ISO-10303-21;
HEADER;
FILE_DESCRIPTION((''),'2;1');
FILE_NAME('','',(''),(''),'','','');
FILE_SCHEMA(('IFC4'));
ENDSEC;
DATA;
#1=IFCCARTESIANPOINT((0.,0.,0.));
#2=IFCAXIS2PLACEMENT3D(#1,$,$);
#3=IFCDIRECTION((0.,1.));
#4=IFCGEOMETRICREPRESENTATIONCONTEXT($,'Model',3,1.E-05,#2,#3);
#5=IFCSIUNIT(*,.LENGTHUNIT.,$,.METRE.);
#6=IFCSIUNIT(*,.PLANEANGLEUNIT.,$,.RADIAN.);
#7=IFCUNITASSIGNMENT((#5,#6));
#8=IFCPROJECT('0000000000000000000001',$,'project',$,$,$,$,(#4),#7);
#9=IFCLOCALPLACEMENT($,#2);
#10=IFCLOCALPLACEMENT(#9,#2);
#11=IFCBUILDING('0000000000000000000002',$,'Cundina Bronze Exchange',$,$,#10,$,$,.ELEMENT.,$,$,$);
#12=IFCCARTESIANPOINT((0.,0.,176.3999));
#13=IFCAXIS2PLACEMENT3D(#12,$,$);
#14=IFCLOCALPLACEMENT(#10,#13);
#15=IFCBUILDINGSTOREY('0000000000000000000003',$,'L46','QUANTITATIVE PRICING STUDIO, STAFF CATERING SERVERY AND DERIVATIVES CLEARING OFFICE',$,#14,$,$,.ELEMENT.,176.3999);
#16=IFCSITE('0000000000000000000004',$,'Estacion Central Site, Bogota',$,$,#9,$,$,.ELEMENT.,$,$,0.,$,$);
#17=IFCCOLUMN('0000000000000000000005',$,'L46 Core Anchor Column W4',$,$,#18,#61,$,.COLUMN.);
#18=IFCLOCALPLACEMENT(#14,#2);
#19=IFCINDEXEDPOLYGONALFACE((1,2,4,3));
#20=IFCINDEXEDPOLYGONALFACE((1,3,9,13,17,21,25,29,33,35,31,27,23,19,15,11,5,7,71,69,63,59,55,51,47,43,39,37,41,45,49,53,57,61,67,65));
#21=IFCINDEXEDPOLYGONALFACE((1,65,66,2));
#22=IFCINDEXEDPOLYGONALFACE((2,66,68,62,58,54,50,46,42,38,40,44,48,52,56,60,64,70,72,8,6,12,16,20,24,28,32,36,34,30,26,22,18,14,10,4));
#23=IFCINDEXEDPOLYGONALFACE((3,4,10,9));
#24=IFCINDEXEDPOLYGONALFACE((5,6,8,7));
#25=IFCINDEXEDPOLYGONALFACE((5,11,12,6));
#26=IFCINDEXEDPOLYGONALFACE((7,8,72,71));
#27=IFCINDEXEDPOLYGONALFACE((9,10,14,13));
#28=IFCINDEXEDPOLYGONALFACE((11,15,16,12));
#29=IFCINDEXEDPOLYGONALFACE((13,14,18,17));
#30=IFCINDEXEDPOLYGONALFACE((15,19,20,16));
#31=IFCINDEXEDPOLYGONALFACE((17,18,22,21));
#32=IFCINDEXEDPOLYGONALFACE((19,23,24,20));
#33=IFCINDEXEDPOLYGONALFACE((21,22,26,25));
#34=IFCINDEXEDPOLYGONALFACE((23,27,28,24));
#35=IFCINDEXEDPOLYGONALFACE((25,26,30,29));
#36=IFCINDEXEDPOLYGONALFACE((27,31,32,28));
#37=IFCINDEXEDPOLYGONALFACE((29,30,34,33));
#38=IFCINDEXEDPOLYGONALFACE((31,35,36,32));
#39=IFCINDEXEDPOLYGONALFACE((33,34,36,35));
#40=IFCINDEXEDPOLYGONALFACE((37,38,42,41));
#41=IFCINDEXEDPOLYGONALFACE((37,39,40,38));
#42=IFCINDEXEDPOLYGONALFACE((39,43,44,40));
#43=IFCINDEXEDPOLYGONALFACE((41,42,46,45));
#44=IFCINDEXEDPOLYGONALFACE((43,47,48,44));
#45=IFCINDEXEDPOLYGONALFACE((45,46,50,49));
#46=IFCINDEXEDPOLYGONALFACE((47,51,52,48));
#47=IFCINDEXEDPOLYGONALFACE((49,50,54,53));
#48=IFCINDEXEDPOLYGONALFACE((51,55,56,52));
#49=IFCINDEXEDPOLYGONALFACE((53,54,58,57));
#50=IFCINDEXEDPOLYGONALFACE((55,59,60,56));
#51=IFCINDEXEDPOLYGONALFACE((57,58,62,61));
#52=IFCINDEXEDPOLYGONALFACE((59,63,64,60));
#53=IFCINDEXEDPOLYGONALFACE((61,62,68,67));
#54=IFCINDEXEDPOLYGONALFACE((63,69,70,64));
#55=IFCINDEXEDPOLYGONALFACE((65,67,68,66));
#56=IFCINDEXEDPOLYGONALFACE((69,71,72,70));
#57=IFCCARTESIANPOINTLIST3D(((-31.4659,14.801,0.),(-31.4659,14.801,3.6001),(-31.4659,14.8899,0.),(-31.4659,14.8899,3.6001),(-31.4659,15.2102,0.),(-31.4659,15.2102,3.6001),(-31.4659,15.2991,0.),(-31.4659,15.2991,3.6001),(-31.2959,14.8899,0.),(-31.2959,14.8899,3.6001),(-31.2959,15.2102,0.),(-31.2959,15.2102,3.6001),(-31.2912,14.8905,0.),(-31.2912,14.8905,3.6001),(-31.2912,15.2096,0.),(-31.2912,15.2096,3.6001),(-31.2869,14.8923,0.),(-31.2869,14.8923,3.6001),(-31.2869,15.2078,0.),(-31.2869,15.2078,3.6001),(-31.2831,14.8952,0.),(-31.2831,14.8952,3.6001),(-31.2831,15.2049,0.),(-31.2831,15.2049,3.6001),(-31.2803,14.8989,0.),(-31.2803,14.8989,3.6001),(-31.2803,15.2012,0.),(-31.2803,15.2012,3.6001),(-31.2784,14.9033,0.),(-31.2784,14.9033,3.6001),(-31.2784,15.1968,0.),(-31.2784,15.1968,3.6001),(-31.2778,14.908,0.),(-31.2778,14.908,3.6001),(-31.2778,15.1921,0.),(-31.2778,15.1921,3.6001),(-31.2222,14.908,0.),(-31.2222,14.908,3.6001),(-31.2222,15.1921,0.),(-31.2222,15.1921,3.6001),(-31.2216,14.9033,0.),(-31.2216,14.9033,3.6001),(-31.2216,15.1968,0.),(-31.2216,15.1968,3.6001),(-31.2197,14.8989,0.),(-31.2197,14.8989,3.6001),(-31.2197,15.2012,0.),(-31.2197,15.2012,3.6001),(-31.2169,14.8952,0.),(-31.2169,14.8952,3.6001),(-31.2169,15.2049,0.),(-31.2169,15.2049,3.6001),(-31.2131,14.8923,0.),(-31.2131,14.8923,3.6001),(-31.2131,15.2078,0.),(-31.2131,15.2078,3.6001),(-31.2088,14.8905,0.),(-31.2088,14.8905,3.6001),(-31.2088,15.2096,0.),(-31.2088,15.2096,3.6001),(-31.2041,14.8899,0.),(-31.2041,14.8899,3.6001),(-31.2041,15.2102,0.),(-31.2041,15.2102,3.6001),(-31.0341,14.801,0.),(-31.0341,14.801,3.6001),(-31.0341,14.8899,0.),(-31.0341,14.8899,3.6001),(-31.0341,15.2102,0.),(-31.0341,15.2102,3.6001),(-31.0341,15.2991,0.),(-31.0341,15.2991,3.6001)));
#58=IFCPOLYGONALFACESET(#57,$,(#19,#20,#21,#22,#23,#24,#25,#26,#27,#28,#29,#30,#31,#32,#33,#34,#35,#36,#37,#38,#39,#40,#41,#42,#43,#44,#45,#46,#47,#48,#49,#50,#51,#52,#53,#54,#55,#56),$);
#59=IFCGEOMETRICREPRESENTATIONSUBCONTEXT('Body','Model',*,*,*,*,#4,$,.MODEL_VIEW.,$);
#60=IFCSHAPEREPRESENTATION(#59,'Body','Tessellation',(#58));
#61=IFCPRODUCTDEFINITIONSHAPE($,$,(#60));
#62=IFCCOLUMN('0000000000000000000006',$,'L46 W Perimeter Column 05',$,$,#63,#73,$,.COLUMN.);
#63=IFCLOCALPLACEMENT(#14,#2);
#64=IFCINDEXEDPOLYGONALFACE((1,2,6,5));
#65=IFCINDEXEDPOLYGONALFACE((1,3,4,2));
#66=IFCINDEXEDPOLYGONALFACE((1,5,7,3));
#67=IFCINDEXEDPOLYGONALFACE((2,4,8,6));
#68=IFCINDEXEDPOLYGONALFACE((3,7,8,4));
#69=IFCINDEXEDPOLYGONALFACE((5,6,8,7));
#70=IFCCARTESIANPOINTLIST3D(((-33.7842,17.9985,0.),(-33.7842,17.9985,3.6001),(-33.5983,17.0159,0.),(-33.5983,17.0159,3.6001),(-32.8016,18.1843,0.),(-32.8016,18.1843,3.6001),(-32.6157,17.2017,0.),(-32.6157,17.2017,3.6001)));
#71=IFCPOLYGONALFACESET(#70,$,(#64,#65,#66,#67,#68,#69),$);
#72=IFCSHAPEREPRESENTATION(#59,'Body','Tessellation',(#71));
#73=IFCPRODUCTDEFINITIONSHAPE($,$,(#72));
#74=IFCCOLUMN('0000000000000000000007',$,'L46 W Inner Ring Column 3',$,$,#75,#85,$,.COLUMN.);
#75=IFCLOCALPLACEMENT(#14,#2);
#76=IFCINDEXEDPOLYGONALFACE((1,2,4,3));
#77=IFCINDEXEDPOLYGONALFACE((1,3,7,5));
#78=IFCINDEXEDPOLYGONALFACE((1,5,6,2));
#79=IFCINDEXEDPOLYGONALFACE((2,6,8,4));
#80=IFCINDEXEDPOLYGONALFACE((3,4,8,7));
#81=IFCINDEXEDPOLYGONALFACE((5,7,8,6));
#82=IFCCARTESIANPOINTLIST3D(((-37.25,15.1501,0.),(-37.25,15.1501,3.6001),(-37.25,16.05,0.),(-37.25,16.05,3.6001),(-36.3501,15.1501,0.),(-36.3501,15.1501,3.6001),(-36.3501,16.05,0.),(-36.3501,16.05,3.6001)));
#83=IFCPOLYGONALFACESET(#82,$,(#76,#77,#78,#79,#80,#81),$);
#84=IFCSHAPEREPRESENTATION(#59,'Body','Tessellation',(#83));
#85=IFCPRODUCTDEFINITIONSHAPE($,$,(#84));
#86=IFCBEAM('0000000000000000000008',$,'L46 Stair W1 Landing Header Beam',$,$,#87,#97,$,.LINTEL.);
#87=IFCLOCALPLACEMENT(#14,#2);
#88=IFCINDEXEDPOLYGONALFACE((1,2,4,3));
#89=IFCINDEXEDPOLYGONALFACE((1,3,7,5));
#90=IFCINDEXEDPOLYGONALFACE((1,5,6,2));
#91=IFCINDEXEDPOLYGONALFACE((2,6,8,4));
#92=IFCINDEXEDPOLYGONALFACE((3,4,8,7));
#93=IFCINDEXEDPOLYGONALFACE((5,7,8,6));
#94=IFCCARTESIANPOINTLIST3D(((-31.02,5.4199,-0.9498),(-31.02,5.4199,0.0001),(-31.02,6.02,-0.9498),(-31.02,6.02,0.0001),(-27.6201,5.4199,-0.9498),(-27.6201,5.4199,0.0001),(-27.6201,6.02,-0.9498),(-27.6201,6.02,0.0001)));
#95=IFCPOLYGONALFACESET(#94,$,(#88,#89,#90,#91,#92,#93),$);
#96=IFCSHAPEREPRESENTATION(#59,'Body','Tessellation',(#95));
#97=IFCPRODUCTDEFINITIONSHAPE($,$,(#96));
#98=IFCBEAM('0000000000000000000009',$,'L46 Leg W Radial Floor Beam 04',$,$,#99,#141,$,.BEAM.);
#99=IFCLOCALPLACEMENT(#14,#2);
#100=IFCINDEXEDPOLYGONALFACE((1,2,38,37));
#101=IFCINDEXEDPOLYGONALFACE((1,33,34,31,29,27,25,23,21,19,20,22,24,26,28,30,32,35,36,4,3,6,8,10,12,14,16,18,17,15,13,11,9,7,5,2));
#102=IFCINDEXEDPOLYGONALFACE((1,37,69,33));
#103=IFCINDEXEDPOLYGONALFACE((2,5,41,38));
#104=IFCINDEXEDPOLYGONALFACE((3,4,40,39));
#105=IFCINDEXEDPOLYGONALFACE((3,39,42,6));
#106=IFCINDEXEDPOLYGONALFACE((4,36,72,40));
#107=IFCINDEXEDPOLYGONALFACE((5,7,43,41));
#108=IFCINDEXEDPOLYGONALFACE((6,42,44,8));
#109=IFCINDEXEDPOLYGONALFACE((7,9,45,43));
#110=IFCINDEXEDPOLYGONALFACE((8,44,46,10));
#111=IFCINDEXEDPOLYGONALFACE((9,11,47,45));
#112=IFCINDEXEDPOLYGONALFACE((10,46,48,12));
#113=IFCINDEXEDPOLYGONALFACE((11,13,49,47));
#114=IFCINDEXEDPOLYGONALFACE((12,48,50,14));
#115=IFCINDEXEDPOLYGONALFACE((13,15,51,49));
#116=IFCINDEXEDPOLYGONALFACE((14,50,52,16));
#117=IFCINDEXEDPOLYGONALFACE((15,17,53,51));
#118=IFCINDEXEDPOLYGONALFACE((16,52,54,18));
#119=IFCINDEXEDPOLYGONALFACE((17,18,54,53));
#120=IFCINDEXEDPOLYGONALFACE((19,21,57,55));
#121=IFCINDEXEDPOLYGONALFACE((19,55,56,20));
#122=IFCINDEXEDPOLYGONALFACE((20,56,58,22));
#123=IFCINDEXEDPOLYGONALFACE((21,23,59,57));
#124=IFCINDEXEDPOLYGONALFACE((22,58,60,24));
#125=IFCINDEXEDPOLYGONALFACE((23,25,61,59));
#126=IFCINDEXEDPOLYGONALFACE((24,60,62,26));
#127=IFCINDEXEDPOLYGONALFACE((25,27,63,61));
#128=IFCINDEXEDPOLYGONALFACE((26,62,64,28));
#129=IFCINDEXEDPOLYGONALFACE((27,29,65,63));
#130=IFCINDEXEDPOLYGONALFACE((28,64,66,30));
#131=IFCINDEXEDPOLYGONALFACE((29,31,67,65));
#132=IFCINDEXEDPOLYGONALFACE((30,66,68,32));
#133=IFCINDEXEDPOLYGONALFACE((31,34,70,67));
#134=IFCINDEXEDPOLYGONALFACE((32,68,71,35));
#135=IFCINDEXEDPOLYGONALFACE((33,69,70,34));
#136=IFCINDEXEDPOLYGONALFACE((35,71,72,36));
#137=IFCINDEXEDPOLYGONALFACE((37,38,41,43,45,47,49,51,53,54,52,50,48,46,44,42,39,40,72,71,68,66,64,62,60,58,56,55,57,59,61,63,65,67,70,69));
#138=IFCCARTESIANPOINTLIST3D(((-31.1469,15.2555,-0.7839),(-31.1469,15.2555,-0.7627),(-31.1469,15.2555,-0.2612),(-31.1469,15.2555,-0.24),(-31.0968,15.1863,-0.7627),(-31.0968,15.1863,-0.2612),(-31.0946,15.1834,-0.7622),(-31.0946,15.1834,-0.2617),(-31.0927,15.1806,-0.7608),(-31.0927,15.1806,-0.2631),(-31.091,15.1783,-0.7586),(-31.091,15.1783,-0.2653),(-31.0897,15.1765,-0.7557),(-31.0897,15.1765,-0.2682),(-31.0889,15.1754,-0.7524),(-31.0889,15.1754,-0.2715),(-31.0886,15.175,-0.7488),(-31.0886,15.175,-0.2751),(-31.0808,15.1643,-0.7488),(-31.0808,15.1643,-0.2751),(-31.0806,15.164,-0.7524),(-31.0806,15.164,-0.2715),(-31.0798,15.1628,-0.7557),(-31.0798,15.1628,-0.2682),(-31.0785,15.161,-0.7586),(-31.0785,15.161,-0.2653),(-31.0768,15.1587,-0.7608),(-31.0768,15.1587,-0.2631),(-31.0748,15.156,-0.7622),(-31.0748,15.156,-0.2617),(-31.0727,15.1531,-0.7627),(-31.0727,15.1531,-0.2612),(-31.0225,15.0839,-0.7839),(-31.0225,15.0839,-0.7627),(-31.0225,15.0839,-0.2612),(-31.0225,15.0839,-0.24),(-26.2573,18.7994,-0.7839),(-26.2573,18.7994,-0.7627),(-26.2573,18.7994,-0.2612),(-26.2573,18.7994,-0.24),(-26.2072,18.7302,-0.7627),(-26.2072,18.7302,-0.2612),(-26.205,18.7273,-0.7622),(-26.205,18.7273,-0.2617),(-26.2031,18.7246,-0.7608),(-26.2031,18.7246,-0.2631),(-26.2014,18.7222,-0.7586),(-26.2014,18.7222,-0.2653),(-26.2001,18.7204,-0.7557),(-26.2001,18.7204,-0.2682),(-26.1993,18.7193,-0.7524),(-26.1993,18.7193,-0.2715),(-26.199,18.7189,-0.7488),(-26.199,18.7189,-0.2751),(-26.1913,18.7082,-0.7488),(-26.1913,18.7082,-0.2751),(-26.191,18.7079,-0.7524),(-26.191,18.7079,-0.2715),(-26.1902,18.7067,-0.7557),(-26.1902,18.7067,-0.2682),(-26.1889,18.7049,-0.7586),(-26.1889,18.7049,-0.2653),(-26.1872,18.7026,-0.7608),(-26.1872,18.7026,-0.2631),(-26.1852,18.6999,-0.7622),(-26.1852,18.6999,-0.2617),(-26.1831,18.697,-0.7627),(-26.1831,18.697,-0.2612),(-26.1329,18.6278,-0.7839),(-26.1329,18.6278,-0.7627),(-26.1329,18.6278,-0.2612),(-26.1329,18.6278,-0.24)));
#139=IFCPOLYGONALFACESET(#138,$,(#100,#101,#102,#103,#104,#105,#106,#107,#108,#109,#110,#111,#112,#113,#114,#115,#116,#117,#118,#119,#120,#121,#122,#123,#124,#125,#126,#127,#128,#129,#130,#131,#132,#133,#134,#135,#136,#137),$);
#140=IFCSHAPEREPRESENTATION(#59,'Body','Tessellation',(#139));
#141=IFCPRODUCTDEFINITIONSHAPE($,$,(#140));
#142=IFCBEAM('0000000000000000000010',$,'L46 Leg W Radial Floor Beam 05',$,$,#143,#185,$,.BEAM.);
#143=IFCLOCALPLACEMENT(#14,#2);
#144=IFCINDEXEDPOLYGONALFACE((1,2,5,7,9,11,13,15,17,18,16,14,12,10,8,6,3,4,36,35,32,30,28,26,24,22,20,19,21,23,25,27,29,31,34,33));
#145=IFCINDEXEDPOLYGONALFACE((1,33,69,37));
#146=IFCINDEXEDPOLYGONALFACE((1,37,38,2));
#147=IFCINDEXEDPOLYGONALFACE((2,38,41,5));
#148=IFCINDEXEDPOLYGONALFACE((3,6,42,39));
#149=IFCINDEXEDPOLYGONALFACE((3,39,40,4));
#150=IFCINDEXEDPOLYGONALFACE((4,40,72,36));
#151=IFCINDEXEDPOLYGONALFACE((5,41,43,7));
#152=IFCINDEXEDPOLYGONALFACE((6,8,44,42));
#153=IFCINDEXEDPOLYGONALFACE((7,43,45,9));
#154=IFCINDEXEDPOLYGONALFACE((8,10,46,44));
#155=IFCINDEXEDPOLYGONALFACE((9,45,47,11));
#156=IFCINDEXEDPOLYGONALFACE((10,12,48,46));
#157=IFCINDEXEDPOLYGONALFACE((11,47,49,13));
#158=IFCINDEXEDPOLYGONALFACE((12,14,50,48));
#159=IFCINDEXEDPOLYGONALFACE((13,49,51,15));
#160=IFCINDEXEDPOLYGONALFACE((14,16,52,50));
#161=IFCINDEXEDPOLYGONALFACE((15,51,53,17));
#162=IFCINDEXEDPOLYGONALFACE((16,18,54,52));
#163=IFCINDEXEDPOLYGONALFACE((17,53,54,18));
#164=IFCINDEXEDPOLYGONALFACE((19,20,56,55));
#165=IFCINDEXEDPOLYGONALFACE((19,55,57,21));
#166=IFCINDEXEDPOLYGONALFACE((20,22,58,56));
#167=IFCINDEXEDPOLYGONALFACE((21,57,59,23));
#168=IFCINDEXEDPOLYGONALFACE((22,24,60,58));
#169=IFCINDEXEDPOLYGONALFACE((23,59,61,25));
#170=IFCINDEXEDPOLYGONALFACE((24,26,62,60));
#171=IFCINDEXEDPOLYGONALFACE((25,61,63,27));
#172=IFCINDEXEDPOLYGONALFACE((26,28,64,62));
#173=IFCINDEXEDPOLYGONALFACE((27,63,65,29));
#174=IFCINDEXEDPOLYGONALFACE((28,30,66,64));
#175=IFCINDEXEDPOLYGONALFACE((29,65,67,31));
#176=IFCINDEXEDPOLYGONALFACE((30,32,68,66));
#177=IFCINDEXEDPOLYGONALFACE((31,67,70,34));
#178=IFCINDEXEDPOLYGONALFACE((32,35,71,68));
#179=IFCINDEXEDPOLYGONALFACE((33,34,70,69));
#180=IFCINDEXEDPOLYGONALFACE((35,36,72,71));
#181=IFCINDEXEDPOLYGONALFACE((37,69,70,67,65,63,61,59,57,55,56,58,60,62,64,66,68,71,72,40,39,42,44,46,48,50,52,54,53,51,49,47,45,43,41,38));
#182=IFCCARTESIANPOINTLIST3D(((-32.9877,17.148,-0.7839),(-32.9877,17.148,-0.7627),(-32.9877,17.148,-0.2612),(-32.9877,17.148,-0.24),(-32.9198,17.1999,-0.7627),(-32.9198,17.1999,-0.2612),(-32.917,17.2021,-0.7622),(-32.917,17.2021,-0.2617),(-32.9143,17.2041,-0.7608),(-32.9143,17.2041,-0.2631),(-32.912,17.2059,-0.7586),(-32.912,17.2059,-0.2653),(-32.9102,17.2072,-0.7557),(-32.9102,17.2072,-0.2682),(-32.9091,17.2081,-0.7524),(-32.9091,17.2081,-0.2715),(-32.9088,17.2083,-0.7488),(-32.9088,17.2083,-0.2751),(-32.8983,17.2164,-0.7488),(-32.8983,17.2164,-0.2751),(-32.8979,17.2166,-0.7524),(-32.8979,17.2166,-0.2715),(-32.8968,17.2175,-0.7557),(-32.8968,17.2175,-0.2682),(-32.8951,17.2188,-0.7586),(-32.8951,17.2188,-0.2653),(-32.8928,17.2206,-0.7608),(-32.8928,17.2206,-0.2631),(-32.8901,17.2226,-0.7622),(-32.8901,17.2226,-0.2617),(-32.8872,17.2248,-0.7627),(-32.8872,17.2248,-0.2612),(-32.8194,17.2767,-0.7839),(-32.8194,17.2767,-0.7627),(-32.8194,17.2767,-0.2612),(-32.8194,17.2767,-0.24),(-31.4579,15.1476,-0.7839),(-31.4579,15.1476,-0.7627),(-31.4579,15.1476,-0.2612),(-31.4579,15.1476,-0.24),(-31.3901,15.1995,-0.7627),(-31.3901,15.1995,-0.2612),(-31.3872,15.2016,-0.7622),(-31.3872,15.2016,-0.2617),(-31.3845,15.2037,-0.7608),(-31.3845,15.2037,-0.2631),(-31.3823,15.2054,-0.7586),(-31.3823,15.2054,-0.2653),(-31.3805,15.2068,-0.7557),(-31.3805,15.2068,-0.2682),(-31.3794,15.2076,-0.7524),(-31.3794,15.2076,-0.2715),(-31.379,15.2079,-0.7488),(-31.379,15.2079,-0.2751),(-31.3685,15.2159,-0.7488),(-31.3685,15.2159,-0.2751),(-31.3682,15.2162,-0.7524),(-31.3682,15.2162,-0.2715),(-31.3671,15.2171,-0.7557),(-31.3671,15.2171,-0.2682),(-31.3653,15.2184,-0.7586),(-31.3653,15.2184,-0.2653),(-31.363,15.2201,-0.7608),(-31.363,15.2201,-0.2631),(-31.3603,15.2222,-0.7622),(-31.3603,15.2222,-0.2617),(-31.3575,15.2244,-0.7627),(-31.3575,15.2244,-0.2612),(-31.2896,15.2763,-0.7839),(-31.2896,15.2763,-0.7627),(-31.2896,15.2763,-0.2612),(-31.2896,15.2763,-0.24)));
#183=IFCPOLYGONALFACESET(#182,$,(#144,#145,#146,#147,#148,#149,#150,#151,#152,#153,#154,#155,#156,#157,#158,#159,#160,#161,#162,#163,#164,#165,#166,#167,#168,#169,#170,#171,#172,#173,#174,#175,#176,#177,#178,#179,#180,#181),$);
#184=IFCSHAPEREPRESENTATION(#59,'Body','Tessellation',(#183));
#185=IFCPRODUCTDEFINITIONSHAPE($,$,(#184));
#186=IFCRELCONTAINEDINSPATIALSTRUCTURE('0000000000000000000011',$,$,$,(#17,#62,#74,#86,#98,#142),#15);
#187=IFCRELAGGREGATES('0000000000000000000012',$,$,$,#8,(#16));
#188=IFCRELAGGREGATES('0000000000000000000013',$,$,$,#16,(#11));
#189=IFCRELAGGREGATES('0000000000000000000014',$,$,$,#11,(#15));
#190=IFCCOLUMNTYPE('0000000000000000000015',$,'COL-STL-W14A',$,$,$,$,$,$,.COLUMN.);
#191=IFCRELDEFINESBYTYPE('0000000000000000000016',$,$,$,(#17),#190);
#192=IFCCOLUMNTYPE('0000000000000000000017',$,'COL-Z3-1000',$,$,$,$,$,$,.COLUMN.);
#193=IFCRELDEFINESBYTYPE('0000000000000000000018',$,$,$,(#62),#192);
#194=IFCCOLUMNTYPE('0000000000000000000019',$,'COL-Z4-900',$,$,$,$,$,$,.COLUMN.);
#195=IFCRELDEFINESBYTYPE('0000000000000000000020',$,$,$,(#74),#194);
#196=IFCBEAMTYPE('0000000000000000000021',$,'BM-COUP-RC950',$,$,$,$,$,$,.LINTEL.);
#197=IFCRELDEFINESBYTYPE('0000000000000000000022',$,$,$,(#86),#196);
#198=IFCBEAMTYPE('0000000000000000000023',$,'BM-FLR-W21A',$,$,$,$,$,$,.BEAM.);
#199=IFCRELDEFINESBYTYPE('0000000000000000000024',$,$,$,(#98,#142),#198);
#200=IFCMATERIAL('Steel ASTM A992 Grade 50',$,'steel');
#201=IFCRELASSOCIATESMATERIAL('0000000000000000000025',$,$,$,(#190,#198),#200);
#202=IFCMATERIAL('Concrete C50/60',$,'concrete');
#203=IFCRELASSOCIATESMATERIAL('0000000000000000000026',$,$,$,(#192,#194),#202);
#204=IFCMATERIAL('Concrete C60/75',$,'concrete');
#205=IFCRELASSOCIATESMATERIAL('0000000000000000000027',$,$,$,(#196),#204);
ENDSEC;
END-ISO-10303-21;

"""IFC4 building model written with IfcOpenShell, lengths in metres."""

from ifc_helpers import new_model, si_unit, direction, frame, origin, origin_2d, place, context, subcontext, project, spatial, rectangle, i_section, extrude, material, material_profile, profile_set, type_object, element, save


model = new_model("IFC4")

# Units and contexts
model_context = context("Model", 3, precision=1e-05, world=origin(), true_north=direction((0.0, 1.0)))
body_context = subcontext(model_context, "Body", "Model", "MODEL_VIEW")
ifc_project = project(units=[si_unit("LENGTHUNIT", "METRE"), si_unit("PLANEANGLEUNIT", "RADIAN")], contexts=[model_context])

# Site, building, storey
site_placement = place(None, origin())
site = spatial("IfcSite", under=ifc_project, at=site_placement, Name="Estacion Central Site, Bogota", CompositionType="ELEMENT", RefElevation=0.0)
building_placement = place(site_placement, origin())
building = spatial("IfcBuilding", under=site, at=building_placement, Name="Cundina Bronze Exchange", CompositionType="ELEMENT")
storey_placement = place(building_placement, frame((0.0, 0.0, 176.3999)))
storey = spatial("IfcBuildingStorey", under=building, at=storey_placement, Name="L46", Description="QUANTITATIVE PRICING STUDIO, STAFF CATERING SERVERY AND DERIVATIVES CLEARING OFFICE", CompositionType="ELEMENT", Elevation=176.3999)

# Columns
ifc_material_1 = material(Name="Steel ASTM A992 Grade 50", Category="steel")
ifc_material_profile_1 = material_profile(ifc_material_1, i_section(OverallWidth=0.4319, OverallDepth=0.498, WebThickness=0.0557, FlangeThickness=0.0889, FilletRadius=0.0181, at=origin_2d()), Name="W14X500", Category="steel")
ifc_profile_set_1 = profile_set([ifc_material_profile_1], Name="Steel ASTM A992 Grade 50")
column_type_1 = type_object("IfcColumnType", Name="COL-STL-W14A", PredefinedType="COLUMN", material=ifc_profile_set_1)
column_1_placement = place(storey_placement, frame((-31.25, 15.05, 0.0), z_axis=(0.0, 0.0, 1.0), x_axis=(1.0, 0.0, 0.0)))
element("IfcColumn", 1, at=column_1_placement, inside=storey, type_object=column_type_1, Name="L46 Core Anchor Column W4", PredefinedType="COLUMN", context=body_context, shape_type="SweptSolid", body=[
    extrude(i_section(OverallWidth=0.4319, OverallDepth=0.498, WebThickness=0.0557, FlangeThickness=0.0889, FilletRadius=0.0181, at=origin_2d()), origin(), (0.0, 0.0, 1.0), 3.6001),
])
ifc_material_2 = material(Name="Concrete C50/60", Category="concrete")
ifc_material_profile_2 = material_profile(ifc_material_2, rectangle(XDim=1.0, YDim=1.0, at=origin_2d()), Name="RC1000X1000", Category="concrete")
ifc_profile_set_2 = profile_set([ifc_material_profile_2], Name="Concrete C50/60")
column_type_2 = type_object("IfcColumnType", Name="COL-Z3-1000", PredefinedType="COLUMN", material=ifc_profile_set_2)
column_2_placement = place(storey_placement, frame((-33.2, 17.6001, 0.0), z_axis=(0.0, 0.0, 1.0), x_axis=(-0.98258, -0.185838, 0.0)))
element("IfcColumn", 2, at=column_2_placement, inside=storey, type_object=column_type_2, Name="L46 W Perimeter Column 05", PredefinedType="COLUMN", context=body_context, shape_type="SweptSolid", body=[
    extrude(rectangle(XDim=1.0, YDim=1.0, at=origin_2d()), origin(), (0.0, 0.0, 1.0), 3.6001),
])
ifc_material_profile_3 = material_profile(ifc_material_2, rectangle(XDim=0.8999, YDim=0.8999, at=origin_2d()), Name="RC900X900", Category="concrete")
ifc_profile_set_3 = profile_set([ifc_material_profile_3], Name="Concrete C50/60")
column_type_3 = type_object("IfcColumnType", Name="COL-Z4-900", PredefinedType="COLUMN", material=ifc_profile_set_3)
column_3_placement = place(storey_placement, frame((-36.8, 15.6001, 0.0), z_axis=(0.0, 0.0, 1.0), x_axis=(1.0, 0.0, 0.0)))
element("IfcColumn", 3, at=column_3_placement, inside=storey, type_object=column_type_3, Name="L46 W Inner Ring Column 3", PredefinedType="COLUMN", context=body_context, shape_type="SweptSolid", body=[
    extrude(rectangle(XDim=0.8999, YDim=0.8999, at=origin_2d()), origin(), (0.0, 0.0, 1.0), 3.6001),
])

# Beams
ifc_material_3 = material(Name="Concrete C60/75", Category="concrete")
ifc_material_profile_4 = material_profile(ifc_material_3, rectangle(XDim=0.6001, YDim=0.95, at=origin_2d()), Name="RC600X950", Category="concrete")
ifc_profile_set_4 = profile_set([ifc_material_profile_4], Name="Concrete C60/75")
beam_type_1 = type_object("IfcBeamType", Name="BM-COUP-RC950", PredefinedType="LINTEL", material=ifc_profile_set_4)
beam_1_placement = place(storey_placement, frame((-31.02, 5.72, -0.4749), z_axis=(1.0, 0.0, 0.0), x_axis=(0.0, 1.0, 0.0)))
element("IfcBeam", 4, at=beam_1_placement, inside=storey, type_object=beam_type_1, Name="L46 Stair W1 Landing Header Beam", PredefinedType="LINTEL", context=body_context, shape_type="SweptSolid", body=[
    extrude(rectangle(XDim=0.6001, YDim=0.95, at=origin_2d()), origin(), (0.0, 0.0, 1.0), 3.3999),
])
ifc_material_profile_5 = material_profile(ifc_material_1, i_section(OverallWidth=0.2119, OverallDepth=0.5439, WebThickness=0.0132, FlangeThickness=0.0212, FilletRadius=0.0139, at=origin_2d()), Name="W21X83", Category="steel")
ifc_profile_set_5 = profile_set([ifc_material_profile_5], Name="Steel ASTM A992 Grade 50")
beam_type_2 = type_object("IfcBeamType", Name="BM-FLR-W21A", PredefinedType="BEAM", material=ifc_profile_set_5)
beam_2_placement = place(storey_placement, frame((-31.0847, 15.1697, -0.512), z_axis=(0.809693, 0.586854, 0.0), x_axis=(-0.586854, 0.809693, 0.0)))
element("IfcBeam", 5, at=beam_2_placement, inside=storey, type_object=beam_type_2, Name="L46 Leg W Radial Floor Beam 04", PredefinedType="BEAM", context=body_context, shape_type="SweptSolid", body=[
    extrude(i_section(OverallWidth=0.2119, OverallDepth=0.5439, WebThickness=0.0132, FlangeThickness=0.0212, FilletRadius=0.0139, at=origin_2d()), origin(), (0.0, 0.0, 1.0), 6.0388),
])
beam_3_placement = place(storey_placement, frame((-31.3738, 15.2119, -0.512), z_axis=(-0.60745, 0.794358, 0.0), x_axis=(-0.794358, -0.60745, 0.0)))
element("IfcBeam", 6, at=beam_3_placement, inside=storey, type_object=beam_type_2, Name="L46 Leg W Radial Floor Beam 05", PredefinedType="BEAM", context=body_context, shape_type="SweptSolid", body=[
    extrude(i_section(OverallWidth=0.2119, OverallDepth=0.5439, WebThickness=0.0132, FlangeThickness=0.0212, FilletRadius=0.0139, at=origin_2d()), origin(), (0.0, 0.0, 1.0), 2.5183),
])

save(model, "model.ifc")
